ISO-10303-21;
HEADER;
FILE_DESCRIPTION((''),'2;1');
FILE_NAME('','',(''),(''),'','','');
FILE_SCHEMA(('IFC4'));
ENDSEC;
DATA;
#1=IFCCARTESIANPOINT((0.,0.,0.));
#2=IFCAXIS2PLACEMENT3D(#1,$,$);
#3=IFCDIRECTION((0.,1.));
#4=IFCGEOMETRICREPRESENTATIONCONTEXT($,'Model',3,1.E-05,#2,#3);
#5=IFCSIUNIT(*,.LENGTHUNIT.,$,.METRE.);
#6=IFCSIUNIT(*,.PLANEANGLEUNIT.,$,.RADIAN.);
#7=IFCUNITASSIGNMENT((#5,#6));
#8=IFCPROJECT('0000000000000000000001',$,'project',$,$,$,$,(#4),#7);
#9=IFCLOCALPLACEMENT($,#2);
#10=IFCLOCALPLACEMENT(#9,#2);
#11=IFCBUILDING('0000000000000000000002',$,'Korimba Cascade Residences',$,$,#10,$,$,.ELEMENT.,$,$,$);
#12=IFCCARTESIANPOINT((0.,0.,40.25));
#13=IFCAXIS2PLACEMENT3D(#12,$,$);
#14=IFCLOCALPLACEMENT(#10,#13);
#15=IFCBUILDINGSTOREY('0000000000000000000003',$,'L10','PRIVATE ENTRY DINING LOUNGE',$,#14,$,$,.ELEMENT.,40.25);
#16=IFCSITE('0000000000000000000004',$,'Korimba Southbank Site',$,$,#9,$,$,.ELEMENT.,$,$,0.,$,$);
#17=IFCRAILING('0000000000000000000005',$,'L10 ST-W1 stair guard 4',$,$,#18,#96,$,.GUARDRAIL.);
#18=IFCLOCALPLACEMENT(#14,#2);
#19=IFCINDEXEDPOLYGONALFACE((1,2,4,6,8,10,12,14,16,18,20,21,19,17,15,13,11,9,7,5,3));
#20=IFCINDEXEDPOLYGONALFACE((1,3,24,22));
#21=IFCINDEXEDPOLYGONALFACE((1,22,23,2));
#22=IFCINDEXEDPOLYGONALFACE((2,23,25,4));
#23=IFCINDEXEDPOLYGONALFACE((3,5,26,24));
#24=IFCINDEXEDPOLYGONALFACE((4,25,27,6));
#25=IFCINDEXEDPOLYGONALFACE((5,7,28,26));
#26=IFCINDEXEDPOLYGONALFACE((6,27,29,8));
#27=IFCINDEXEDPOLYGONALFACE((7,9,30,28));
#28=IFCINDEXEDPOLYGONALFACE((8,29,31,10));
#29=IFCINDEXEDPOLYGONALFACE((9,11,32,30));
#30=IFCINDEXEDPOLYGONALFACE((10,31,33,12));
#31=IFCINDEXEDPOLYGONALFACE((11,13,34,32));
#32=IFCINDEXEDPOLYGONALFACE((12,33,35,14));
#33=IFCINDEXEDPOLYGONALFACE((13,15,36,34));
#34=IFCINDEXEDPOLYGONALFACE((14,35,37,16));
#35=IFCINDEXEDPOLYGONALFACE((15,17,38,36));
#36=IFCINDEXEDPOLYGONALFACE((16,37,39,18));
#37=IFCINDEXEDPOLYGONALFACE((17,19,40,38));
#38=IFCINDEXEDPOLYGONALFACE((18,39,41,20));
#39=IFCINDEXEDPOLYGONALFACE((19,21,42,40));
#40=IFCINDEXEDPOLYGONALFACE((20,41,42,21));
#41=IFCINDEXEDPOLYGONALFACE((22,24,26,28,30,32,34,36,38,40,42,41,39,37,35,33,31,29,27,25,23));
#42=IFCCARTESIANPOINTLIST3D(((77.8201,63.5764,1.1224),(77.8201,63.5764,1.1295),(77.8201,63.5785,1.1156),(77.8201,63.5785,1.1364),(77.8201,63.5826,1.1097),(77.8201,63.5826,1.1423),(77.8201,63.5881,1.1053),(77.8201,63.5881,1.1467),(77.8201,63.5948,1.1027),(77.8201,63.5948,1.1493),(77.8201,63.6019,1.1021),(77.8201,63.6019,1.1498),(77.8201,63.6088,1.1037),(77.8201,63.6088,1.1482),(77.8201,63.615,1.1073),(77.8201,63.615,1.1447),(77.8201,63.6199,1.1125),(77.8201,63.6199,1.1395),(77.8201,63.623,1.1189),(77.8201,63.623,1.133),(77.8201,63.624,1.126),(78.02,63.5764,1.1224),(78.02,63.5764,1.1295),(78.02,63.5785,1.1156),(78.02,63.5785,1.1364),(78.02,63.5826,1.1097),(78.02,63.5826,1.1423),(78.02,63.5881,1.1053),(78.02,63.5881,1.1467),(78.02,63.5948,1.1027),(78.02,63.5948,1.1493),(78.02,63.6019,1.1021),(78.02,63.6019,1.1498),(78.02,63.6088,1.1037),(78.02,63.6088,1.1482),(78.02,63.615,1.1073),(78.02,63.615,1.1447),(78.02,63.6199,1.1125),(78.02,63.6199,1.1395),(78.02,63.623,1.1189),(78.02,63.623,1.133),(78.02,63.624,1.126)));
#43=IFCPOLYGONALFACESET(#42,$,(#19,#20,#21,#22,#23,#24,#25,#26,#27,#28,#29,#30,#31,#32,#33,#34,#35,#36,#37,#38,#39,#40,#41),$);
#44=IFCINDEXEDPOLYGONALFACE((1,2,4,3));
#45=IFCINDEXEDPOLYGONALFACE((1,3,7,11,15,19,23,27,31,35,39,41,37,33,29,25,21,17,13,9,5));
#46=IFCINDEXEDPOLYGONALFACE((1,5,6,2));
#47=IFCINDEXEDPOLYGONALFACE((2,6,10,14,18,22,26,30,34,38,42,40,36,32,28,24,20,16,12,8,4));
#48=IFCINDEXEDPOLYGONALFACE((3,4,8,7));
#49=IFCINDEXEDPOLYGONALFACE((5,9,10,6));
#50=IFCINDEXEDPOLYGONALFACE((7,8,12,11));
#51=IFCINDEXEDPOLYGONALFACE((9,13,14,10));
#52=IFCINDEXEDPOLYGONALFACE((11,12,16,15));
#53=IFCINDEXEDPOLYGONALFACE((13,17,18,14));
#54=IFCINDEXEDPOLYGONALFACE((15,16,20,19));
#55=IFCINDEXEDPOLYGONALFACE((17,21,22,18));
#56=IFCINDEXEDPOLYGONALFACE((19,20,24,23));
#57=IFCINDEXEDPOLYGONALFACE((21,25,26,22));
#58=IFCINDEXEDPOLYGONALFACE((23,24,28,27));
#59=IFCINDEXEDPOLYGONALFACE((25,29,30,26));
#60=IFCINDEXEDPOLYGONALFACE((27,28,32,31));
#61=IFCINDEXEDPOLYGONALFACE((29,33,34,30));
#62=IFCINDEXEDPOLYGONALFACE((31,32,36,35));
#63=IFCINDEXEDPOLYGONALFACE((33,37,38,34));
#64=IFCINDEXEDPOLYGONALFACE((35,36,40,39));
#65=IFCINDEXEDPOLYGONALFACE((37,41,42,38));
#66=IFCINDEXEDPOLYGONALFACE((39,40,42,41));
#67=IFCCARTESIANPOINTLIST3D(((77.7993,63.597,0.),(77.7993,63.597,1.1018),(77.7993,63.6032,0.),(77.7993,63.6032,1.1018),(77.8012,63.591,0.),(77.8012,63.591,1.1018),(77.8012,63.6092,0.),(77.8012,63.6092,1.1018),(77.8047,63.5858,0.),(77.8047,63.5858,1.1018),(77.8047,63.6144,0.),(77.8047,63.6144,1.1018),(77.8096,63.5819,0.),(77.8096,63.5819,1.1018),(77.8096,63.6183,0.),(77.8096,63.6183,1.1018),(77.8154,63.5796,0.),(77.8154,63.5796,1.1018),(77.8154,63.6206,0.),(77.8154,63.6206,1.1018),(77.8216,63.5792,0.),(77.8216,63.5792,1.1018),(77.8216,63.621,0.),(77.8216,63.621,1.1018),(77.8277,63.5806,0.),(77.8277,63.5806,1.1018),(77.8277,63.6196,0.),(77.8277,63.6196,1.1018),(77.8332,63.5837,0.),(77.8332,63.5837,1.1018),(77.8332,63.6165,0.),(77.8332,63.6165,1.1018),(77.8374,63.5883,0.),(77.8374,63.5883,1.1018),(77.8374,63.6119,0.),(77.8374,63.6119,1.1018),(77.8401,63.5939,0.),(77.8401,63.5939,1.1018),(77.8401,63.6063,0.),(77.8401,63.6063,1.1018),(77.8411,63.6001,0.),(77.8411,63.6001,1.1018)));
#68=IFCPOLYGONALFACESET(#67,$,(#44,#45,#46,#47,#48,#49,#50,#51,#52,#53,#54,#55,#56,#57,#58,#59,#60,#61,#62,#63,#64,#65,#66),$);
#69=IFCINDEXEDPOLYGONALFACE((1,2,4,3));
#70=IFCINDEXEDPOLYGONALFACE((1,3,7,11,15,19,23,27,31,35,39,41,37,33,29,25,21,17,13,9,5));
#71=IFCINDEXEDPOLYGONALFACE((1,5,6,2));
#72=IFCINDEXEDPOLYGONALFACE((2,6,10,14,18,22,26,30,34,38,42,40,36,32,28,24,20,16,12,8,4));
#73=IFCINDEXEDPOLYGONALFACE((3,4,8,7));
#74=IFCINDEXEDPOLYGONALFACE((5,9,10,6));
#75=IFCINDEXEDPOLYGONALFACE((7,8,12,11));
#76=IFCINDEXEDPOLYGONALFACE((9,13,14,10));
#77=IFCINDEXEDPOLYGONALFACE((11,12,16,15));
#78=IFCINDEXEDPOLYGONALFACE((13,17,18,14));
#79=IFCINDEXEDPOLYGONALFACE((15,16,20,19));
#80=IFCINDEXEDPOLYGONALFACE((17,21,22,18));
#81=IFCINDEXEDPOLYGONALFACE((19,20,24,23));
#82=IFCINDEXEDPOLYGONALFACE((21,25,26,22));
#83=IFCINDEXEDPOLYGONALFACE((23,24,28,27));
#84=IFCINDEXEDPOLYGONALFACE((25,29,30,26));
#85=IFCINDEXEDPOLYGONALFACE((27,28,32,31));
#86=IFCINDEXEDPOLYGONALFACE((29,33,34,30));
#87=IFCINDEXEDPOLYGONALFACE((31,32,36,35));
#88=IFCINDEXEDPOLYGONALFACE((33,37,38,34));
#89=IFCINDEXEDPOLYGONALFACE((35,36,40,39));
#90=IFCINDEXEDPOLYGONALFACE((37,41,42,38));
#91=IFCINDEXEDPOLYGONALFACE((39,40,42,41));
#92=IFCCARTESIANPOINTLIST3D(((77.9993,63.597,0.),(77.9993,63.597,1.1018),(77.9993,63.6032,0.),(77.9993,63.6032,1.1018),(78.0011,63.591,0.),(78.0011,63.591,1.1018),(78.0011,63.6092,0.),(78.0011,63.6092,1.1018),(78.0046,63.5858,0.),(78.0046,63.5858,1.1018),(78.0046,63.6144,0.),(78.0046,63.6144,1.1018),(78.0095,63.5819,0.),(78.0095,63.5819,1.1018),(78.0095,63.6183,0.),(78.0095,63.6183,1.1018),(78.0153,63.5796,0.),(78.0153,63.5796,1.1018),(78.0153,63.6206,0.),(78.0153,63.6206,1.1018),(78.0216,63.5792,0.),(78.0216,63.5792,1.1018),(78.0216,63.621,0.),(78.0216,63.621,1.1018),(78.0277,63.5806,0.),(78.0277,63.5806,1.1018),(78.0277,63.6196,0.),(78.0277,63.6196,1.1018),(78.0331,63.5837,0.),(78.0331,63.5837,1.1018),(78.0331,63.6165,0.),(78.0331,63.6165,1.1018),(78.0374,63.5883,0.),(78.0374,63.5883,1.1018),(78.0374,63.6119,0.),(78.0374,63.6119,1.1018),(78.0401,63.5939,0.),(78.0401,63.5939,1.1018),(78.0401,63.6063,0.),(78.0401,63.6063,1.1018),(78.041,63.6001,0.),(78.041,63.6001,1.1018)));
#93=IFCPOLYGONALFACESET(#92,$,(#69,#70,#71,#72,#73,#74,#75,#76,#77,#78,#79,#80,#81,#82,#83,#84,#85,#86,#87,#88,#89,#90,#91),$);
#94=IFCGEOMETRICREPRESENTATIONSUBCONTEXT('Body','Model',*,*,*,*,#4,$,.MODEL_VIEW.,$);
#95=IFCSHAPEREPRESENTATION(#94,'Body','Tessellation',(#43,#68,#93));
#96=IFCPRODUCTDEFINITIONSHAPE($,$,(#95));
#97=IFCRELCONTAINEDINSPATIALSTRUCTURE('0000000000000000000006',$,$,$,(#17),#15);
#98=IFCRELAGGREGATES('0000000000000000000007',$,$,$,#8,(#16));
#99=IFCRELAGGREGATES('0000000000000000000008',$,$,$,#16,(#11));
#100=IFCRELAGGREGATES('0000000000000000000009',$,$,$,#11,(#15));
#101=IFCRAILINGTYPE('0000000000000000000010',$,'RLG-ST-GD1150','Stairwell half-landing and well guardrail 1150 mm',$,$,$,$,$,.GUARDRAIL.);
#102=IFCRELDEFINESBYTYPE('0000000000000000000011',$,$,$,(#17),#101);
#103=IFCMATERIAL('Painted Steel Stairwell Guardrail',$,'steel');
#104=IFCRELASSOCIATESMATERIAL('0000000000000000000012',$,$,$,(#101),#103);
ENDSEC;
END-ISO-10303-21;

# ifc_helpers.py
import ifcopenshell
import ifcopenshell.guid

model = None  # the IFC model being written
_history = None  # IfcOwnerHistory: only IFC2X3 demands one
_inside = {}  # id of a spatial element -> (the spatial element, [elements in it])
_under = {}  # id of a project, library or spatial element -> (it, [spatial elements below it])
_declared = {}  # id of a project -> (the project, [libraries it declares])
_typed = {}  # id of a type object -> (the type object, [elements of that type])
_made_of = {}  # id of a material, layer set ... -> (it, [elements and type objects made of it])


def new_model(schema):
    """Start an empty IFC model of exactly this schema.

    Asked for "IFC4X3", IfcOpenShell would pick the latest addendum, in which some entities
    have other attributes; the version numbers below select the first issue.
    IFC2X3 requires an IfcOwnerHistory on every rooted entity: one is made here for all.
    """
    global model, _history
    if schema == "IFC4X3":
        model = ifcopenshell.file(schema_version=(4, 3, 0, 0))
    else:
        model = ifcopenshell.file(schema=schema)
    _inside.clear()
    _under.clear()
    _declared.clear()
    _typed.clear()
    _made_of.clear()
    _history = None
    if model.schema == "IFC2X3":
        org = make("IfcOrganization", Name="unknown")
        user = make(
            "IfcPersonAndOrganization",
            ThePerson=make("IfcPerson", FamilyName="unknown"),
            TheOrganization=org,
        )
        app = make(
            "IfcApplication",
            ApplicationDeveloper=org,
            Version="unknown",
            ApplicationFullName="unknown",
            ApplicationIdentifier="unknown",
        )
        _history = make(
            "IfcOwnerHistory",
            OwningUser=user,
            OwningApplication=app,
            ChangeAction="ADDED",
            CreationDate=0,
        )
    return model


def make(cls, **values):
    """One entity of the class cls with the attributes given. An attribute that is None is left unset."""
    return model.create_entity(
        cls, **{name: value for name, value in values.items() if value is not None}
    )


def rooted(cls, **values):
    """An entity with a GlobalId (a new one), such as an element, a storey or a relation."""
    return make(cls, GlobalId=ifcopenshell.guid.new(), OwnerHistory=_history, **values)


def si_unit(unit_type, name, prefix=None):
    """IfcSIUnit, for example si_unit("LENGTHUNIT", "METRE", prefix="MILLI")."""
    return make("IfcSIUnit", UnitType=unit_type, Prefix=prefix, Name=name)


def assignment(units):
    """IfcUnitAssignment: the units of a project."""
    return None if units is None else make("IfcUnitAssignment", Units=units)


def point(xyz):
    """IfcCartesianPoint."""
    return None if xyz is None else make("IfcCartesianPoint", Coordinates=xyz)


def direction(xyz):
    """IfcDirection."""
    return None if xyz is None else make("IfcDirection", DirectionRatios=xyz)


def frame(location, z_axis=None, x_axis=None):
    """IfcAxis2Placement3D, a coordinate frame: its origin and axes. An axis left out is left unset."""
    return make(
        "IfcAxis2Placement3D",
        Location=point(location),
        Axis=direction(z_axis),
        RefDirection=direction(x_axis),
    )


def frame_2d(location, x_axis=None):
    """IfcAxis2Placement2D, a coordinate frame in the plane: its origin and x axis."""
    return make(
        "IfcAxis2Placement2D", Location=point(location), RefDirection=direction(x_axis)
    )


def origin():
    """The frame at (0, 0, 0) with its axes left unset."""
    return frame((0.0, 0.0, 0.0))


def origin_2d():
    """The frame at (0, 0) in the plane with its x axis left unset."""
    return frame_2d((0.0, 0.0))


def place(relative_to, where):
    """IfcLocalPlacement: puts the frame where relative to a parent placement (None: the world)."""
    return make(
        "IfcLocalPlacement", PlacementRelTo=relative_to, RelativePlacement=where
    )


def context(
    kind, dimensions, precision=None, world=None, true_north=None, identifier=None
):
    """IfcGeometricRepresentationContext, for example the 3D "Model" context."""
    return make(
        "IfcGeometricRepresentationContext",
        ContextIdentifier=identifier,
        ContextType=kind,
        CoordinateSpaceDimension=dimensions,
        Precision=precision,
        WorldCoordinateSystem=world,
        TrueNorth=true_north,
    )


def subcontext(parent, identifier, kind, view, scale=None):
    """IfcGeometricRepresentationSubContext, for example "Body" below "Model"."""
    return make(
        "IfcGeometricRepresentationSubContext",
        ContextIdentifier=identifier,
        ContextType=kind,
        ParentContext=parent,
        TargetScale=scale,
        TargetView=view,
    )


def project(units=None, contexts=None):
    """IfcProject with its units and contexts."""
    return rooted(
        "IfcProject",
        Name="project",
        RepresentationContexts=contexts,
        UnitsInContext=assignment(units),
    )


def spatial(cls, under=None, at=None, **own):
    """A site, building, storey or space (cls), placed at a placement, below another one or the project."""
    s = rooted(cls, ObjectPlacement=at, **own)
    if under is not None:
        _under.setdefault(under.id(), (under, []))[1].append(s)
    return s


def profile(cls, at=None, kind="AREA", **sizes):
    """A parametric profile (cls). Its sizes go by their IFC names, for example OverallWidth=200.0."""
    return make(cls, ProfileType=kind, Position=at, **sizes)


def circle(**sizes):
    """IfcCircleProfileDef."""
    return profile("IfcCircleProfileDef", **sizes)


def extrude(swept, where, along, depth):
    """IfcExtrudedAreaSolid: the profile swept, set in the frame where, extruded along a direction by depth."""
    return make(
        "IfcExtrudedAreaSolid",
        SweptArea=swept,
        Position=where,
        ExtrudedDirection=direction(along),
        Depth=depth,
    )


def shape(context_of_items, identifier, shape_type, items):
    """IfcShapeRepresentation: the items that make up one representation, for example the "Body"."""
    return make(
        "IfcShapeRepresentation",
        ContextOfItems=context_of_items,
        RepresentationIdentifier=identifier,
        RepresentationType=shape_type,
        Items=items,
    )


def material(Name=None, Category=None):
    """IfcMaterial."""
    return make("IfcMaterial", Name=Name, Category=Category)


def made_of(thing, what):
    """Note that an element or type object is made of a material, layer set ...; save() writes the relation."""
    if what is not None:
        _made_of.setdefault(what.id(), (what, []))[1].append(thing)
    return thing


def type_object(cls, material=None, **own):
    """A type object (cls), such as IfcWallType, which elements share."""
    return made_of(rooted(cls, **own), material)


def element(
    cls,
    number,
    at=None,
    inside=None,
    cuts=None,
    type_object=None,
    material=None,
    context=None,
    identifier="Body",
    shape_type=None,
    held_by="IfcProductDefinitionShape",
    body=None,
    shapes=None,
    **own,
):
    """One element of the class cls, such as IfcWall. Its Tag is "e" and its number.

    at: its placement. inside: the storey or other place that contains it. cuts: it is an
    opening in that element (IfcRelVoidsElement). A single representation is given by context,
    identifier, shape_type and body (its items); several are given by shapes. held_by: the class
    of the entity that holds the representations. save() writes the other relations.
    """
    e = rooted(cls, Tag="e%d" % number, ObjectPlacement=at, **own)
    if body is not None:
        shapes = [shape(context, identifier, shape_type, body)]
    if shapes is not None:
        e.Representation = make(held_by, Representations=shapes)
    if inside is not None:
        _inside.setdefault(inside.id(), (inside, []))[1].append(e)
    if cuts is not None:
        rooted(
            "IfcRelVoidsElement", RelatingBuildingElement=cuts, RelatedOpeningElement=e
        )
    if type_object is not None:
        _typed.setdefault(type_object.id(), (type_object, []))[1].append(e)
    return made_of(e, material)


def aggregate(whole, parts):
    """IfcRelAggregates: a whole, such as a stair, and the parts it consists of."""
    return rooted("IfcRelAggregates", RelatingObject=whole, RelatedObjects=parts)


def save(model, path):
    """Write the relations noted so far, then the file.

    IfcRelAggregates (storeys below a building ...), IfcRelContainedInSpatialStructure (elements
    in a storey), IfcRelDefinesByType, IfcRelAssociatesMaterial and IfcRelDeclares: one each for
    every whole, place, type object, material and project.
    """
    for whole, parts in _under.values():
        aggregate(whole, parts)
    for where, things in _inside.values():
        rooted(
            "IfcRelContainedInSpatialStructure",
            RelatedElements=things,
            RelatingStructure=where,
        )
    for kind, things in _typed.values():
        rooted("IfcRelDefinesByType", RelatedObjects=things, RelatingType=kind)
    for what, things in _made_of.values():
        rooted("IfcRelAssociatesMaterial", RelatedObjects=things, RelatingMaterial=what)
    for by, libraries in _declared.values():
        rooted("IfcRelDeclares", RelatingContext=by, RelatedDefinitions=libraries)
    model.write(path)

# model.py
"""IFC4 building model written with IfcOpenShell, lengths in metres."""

from ifc_helpers import new_model, si_unit, direction, frame, origin, origin_2d, place, context, subcontext, project, spatial, circle, extrude, material, type_object, element, save


model = new_model("IFC4")

# Units and contexts
model_context = context("Model", 3, precision=1e-05, world=origin(), true_north=direction((0.0, 1.0)))
body_context = subcontext(model_context, "Body", "Model", "MODEL_VIEW")
ifc_project = project(units=[si_unit("LENGTHUNIT", "METRE"), si_unit("PLANEANGLEUNIT", "RADIAN")], contexts=[model_context])

# Site, building, storey
site_placement = place(None, origin())
site = spatial("IfcSite", under=ifc_project, at=site_placement, Name="Korimba Southbank Site", CompositionType="ELEMENT", RefElevation=0.0)
building_placement = place(site_placement, origin())
building = spatial("IfcBuilding", under=site, at=building_placement, Name="Korimba Cascade Residences", CompositionType="ELEMENT")
storey_placement = place(building_placement, frame((0.0, 0.0, 40.25)))
storey = spatial("IfcBuildingStorey", under=building, at=storey_placement, Name="L10", Description="PRIVATE ENTRY DINING LOUNGE", CompositionType="ELEMENT", Elevation=40.25)

# Railing
ifc_material_1 = material(Name="Painted Steel Stairwell Guardrail", Category="steel")
railing_type_1 = type_object("IfcRailingType", Name="RLG-ST-GD1150", Description="Stairwell half-landing and well guardrail 1150 mm", PredefinedType="GUARDRAIL", material=ifc_material_1)
railing_1_placement = place(storey_placement, frame((77.8201, 63.6001, 0.0)))
element("IfcRailing", 1, at=railing_1_placement, inside=storey, type_object=railing_type_1, Name="L10 ST-W1 stair guard 4", PredefinedType="GUARDRAIL", context=body_context, shape_type="SweptSolid", body=[
    extrude(circle(Radius=0.0239, at=origin_2d()), frame((0.0, 0.0, 1.126), z_axis=(1.0, 0.0, 0.0), x_axis=(0.0, 1.0, 0.0)), (0.0, 0.0, 1.0), 0.2),
    extrude(circle(Radius=0.021, at=origin_2d()), origin(), (0.0, 0.0, 1.0), 1.1018),
    extrude(circle(Radius=0.021, at=origin_2d()), frame((0.2, 0.0, 0.0)), (0.0, 0.0, 1.0), 1.1018),
])

save(model, "model.ifc")
